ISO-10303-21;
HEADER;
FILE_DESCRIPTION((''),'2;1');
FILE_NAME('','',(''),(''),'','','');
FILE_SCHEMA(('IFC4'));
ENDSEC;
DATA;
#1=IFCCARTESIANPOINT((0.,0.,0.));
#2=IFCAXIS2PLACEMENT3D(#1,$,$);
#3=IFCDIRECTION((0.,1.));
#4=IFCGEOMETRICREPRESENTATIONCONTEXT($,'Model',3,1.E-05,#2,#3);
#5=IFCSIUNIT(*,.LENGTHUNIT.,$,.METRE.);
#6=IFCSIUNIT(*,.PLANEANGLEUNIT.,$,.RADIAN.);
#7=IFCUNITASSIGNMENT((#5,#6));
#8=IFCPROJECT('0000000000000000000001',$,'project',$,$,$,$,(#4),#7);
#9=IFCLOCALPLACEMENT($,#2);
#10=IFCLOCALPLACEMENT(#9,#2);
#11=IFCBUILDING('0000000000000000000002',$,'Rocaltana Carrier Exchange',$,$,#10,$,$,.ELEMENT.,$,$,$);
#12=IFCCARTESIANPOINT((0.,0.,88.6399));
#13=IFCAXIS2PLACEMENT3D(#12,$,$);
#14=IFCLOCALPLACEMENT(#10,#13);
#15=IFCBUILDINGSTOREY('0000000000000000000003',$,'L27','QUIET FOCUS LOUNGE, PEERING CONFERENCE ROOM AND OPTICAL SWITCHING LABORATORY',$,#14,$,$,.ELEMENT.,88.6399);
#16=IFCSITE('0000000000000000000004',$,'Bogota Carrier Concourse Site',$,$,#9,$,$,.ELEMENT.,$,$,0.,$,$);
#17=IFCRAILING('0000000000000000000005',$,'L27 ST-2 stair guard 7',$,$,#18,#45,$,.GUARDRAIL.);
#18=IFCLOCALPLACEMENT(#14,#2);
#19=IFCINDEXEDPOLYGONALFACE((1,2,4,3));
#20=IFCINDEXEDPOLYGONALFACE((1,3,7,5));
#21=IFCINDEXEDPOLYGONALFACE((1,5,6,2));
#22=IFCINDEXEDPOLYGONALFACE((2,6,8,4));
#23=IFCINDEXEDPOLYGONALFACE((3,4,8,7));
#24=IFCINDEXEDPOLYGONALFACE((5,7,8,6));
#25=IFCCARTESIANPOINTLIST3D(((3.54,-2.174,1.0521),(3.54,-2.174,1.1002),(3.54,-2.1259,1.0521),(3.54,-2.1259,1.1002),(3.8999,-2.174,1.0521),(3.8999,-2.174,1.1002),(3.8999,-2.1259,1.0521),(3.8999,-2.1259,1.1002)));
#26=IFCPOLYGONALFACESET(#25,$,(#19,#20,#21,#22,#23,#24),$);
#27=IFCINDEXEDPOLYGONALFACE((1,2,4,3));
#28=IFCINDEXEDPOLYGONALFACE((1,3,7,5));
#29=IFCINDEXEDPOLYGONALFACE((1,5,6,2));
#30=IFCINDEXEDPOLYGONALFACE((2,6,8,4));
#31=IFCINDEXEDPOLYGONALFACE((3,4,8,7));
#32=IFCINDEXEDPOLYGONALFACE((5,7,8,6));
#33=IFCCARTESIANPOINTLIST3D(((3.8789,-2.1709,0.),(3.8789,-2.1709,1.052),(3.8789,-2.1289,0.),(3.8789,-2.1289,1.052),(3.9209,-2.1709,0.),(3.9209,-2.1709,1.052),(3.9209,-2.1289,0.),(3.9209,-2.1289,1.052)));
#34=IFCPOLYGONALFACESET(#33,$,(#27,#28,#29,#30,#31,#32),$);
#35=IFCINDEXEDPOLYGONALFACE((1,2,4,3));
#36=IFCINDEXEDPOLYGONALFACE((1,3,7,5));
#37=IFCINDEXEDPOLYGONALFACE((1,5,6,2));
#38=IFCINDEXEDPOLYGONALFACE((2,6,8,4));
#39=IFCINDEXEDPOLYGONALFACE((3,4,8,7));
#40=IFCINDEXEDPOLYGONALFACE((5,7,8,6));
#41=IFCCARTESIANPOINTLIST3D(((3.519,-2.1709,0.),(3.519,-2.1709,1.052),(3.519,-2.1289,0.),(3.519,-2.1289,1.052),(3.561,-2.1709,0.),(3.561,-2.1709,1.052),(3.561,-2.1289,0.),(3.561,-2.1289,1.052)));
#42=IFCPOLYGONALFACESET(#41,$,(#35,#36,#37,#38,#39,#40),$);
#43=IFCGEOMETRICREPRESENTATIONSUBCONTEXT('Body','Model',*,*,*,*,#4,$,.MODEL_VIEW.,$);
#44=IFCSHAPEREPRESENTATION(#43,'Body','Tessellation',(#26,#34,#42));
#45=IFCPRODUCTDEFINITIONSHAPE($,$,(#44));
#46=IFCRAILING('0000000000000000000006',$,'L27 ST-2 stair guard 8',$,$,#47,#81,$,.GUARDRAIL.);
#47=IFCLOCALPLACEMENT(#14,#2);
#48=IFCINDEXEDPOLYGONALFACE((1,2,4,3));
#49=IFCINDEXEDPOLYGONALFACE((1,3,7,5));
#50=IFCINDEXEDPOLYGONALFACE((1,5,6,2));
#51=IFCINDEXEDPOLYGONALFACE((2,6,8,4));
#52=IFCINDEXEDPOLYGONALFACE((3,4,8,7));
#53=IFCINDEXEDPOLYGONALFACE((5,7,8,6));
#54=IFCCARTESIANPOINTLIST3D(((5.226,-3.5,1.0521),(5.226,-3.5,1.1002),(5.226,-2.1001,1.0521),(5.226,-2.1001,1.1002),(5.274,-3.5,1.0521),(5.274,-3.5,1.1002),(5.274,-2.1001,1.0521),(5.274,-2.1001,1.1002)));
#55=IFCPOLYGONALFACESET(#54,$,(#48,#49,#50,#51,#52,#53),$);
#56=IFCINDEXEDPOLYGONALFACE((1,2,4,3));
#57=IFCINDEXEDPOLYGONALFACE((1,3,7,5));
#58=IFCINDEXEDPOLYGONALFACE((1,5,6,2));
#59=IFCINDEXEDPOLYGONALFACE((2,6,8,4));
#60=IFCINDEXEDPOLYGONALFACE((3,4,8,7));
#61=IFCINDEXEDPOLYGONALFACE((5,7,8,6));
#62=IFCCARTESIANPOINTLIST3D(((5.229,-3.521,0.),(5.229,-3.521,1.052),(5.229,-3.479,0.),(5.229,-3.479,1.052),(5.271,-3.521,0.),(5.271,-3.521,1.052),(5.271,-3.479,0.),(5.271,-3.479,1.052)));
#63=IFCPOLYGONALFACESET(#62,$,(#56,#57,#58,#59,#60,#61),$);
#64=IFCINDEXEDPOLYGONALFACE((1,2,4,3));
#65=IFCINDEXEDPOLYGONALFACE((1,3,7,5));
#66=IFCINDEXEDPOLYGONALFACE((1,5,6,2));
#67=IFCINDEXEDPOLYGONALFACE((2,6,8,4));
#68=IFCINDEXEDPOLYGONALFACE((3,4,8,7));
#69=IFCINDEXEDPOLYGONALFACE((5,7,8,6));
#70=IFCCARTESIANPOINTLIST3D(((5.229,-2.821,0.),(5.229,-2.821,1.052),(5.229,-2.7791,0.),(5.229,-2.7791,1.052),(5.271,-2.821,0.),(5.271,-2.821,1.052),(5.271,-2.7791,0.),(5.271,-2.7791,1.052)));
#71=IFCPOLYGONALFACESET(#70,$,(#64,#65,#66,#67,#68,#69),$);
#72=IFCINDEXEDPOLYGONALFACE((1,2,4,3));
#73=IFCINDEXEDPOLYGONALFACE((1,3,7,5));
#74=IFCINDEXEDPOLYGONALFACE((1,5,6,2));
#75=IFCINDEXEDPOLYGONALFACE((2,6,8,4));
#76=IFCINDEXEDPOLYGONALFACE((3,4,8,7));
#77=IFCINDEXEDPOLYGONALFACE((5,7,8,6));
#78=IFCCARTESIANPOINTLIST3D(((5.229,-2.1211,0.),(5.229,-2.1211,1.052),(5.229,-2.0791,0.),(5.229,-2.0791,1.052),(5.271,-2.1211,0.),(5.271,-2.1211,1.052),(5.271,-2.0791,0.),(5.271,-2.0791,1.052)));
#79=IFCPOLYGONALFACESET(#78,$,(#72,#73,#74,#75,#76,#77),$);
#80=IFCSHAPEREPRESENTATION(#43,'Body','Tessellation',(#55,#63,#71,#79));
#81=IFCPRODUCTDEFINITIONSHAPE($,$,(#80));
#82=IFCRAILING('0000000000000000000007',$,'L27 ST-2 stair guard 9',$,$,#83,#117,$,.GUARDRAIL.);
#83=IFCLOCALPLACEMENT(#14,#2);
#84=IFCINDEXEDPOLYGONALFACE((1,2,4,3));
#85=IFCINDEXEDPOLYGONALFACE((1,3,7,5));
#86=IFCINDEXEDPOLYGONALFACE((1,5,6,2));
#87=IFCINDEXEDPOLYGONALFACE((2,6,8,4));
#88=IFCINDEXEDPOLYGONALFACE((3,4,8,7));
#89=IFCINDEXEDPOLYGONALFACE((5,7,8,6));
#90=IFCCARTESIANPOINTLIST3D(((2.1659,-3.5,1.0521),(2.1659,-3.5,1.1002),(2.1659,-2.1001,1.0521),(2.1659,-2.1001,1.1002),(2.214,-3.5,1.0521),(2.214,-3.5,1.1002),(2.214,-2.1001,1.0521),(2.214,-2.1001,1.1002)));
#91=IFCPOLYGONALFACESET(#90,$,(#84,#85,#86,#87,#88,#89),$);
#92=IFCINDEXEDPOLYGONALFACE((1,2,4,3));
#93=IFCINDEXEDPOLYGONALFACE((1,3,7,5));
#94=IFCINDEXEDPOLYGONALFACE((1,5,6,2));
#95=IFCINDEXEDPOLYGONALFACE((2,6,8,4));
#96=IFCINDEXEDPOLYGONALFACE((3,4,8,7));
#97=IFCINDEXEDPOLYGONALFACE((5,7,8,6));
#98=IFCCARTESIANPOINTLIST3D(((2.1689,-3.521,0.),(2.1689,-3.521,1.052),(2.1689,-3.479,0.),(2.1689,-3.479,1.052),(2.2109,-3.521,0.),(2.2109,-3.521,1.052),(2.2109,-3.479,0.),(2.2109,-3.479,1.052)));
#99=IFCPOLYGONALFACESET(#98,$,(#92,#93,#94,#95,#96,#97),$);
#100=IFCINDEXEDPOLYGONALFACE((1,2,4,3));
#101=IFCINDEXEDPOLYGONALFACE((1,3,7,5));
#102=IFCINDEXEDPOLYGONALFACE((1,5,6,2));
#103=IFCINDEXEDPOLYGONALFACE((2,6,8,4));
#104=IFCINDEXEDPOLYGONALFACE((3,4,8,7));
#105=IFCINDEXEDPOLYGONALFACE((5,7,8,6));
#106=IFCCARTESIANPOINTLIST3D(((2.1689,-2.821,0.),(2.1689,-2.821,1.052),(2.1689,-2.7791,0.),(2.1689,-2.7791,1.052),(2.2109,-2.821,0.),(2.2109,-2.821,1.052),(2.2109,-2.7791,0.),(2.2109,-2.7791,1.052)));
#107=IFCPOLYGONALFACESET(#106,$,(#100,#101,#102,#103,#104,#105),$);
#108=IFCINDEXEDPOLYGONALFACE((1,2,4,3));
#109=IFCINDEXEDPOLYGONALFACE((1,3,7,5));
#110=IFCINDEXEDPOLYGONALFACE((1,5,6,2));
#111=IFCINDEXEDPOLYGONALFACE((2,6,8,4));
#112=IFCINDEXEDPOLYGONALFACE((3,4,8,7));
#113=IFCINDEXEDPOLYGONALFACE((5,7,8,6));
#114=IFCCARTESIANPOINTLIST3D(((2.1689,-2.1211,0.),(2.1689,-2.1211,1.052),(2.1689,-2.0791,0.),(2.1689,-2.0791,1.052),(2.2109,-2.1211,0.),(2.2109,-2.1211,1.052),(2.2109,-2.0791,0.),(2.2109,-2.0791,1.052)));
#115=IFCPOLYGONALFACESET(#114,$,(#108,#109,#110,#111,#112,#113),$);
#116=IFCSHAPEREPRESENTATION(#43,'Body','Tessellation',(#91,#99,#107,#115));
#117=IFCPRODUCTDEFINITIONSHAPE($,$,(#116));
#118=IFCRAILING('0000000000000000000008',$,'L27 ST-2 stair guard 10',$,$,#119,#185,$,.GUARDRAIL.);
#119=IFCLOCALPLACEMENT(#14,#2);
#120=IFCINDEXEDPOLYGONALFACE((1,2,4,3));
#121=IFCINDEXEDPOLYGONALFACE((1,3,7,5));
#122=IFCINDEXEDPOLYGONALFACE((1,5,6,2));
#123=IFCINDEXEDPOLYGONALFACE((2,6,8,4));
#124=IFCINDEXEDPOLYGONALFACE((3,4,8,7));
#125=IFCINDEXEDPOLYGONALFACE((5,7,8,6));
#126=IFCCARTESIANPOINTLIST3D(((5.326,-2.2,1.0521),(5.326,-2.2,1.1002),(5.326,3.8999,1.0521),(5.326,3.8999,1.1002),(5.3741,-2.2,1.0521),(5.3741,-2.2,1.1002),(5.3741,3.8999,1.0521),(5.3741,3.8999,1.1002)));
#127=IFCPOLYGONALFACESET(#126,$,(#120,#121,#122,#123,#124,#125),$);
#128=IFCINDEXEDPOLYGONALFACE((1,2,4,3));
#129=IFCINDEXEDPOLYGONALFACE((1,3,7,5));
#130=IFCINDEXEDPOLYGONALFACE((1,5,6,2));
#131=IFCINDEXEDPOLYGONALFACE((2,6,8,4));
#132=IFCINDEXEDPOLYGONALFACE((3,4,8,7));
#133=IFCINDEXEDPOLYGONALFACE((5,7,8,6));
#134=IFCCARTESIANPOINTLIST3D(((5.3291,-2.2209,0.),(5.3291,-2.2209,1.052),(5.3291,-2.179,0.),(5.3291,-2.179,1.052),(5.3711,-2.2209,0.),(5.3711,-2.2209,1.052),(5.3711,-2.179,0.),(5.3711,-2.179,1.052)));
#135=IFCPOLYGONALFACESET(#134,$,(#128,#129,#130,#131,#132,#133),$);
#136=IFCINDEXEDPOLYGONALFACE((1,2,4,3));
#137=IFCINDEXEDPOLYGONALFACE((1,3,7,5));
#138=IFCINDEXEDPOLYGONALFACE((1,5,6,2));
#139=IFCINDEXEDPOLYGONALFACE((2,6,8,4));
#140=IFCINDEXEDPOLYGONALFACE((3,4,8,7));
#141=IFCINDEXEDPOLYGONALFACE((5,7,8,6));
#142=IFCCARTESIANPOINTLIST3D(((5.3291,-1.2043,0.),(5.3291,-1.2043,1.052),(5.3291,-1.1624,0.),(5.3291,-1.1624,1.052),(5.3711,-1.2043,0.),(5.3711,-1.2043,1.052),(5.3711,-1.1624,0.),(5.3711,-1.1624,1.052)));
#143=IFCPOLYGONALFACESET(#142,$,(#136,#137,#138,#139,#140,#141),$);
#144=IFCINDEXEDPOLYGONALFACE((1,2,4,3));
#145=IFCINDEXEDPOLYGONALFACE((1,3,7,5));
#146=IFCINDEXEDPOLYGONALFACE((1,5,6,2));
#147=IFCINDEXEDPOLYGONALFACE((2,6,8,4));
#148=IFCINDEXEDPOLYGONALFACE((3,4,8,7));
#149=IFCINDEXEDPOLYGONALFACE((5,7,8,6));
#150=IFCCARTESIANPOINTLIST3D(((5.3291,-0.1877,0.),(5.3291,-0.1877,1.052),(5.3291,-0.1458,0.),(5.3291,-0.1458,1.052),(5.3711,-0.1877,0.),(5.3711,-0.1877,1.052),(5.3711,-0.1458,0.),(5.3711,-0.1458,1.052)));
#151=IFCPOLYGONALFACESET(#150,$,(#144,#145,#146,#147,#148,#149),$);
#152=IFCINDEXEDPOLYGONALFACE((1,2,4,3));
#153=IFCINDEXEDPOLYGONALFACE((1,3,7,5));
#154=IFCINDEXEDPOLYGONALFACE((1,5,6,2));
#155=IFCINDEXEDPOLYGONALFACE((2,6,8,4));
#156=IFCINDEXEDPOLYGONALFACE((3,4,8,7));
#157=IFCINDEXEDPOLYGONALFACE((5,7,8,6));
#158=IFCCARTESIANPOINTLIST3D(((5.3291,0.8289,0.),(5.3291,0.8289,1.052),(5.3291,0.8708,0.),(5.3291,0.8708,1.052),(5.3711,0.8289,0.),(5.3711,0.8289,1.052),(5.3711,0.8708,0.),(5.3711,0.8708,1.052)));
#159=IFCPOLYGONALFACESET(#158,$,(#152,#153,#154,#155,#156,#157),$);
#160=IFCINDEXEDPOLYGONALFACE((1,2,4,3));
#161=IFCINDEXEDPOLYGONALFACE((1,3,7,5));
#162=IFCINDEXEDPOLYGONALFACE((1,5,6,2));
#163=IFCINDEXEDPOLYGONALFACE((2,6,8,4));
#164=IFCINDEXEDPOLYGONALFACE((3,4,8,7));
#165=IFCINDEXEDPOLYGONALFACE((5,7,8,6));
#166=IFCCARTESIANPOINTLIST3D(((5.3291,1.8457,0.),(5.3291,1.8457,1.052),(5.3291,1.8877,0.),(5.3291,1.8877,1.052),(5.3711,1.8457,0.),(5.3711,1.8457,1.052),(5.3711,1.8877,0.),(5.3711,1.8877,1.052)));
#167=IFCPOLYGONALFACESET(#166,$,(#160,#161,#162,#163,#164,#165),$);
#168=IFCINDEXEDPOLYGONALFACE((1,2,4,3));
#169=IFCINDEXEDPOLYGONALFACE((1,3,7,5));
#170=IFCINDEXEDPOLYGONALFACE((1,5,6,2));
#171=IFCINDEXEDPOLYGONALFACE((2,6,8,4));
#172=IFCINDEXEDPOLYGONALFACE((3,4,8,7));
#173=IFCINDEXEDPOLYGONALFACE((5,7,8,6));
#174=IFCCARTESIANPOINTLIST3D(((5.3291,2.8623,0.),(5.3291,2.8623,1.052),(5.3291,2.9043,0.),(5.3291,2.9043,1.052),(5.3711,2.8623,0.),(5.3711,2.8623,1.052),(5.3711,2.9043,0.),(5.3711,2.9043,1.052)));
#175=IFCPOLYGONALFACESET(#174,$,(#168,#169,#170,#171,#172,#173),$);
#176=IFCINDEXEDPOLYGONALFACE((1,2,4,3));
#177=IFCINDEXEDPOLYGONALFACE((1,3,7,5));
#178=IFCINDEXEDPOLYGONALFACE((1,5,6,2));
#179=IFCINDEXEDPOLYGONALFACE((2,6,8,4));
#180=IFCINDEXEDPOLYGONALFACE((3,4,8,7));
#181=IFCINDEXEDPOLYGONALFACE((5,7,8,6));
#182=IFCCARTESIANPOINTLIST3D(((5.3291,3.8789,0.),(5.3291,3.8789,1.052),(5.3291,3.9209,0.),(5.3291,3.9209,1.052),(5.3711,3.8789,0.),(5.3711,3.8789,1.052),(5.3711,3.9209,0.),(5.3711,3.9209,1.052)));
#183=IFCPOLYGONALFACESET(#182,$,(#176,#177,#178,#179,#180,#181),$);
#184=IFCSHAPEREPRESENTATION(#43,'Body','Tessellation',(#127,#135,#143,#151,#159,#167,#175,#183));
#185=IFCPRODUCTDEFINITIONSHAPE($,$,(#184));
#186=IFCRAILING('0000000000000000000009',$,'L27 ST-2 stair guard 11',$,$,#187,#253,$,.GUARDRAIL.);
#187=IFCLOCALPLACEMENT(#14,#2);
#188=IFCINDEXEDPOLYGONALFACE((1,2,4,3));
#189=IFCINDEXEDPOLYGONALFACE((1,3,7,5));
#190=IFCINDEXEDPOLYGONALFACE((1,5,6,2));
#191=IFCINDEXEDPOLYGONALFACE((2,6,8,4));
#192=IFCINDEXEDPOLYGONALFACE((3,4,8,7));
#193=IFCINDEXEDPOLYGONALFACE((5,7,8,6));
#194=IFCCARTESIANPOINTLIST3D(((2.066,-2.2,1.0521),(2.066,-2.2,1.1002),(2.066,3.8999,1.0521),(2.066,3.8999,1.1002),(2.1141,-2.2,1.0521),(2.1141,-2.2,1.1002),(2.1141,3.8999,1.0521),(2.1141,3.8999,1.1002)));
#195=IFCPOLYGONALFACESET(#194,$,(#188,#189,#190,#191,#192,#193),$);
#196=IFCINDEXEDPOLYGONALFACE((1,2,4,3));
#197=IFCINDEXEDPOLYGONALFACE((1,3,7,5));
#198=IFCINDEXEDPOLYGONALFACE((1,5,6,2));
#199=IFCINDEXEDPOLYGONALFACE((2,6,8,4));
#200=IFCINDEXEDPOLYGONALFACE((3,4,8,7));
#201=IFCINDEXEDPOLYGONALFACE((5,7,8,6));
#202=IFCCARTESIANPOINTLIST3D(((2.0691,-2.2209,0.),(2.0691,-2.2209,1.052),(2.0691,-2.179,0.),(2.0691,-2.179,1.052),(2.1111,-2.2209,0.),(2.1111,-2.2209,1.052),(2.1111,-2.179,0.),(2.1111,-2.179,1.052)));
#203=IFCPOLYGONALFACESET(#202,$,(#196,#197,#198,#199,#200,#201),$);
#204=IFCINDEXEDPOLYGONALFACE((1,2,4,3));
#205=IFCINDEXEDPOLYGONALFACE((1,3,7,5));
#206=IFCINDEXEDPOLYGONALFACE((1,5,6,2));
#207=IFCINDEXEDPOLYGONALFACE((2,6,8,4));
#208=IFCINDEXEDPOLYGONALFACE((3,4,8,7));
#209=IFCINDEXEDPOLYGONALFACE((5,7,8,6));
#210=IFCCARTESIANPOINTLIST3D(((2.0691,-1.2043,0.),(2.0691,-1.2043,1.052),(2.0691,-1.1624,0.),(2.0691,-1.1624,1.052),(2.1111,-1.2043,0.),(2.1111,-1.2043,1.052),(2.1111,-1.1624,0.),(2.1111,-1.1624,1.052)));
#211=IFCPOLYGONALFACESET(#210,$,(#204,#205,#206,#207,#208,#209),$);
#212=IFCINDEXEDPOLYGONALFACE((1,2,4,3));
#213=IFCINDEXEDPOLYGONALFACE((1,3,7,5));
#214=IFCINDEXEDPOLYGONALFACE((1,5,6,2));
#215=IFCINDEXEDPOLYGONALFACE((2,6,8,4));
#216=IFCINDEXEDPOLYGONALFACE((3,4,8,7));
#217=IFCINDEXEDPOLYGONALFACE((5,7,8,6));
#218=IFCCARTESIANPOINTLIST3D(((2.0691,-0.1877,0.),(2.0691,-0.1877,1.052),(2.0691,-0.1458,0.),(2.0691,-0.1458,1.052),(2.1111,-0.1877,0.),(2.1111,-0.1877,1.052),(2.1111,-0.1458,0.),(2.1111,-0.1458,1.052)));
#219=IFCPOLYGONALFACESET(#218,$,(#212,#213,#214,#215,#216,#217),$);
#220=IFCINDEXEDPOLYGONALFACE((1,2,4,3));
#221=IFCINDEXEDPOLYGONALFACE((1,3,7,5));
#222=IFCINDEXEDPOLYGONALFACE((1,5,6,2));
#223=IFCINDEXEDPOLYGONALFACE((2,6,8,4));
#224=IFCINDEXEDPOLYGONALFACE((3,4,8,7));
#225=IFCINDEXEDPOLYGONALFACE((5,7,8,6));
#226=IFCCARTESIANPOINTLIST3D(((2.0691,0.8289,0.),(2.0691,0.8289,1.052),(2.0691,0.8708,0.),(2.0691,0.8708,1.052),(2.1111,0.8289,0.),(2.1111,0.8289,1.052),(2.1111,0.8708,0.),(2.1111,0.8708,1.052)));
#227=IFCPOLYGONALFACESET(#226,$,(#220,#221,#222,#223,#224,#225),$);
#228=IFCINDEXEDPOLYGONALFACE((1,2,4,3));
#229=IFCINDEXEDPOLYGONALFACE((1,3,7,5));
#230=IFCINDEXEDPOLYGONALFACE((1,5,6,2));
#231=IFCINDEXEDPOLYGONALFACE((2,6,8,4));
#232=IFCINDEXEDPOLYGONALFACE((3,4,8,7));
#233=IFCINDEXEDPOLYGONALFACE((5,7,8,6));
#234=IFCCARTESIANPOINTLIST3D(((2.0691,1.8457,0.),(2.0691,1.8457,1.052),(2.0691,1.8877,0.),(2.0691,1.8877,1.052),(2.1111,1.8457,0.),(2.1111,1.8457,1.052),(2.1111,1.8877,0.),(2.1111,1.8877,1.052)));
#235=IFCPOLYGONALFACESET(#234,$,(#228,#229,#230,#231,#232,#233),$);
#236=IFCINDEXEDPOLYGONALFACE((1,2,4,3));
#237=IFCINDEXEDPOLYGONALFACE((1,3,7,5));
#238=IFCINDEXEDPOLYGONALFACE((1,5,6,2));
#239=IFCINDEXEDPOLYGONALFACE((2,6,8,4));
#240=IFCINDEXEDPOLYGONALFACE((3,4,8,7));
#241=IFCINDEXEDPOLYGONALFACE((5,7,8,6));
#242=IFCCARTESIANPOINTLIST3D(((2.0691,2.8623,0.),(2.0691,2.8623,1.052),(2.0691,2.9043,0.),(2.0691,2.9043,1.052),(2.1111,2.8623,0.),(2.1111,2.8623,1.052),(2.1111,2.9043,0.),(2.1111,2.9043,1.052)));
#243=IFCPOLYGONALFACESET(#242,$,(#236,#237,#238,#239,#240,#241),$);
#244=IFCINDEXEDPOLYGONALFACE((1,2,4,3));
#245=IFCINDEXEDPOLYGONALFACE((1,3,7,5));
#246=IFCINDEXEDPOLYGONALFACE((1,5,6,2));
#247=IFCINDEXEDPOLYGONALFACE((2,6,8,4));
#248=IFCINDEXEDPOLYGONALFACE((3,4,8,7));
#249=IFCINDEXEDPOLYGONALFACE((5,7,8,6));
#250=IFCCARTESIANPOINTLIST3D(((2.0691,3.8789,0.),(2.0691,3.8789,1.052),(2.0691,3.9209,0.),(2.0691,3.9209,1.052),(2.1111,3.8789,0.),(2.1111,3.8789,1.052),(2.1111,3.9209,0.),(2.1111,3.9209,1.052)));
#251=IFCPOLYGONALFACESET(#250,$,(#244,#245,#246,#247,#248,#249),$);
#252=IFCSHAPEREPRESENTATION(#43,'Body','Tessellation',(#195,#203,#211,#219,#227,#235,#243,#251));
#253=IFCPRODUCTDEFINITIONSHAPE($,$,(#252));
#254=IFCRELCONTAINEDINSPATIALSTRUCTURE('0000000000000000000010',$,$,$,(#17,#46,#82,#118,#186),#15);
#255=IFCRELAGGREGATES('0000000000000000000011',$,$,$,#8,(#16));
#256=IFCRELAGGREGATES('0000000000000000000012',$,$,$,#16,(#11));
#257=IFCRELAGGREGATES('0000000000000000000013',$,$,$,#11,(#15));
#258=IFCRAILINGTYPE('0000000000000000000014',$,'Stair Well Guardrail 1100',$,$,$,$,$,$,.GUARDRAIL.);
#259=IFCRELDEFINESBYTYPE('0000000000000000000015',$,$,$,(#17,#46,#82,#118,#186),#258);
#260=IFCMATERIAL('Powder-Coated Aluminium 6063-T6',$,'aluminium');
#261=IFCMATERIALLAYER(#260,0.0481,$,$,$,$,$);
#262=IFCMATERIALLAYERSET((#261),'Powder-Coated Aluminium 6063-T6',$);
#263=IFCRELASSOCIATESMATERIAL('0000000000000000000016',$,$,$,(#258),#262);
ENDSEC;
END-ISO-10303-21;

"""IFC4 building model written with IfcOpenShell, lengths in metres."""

from ifc_helpers import new_model, si_unit, direction, frame, origin, origin_2d, place, context, subcontext, project, spatial, rectangle, extrude, material, layer, layer_set, type_object, element, save


model = new_model("IFC4")

# Units and contexts
model_context = context("Model", 3, precision=1e-05, world=origin(), true_north=direction((0.0, 1.0)))
body_context = subcontext(model_context, "Body", "Model", "MODEL_VIEW")
ifc_project = project(units=[si_unit("LENGTHUNIT", "METRE"), si_unit("PLANEANGLEUNIT", "RADIAN")], contexts=[model_context])

# Site, building, storey
site_placement = place(None, origin())
site = spatial("IfcSite", under=ifc_project, at=site_placement, Name="Bogota Carrier Concourse Site", CompositionType="ELEMENT", RefElevation=0.0)
building_placement = place(site_placement, origin())
building = spatial("IfcBuilding", under=site, at=building_placement, Name="Rocaltana Carrier Exchange", CompositionType="ELEMENT")
storey_placement = place(building_placement, frame((0.0, 0.0, 88.6399)))
storey = spatial("IfcBuildingStorey", under=building, at=storey_placement, Name="L27", Description="QUIET FOCUS LOUNGE, PEERING CONFERENCE ROOM AND OPTICAL SWITCHING LABORATORY", CompositionType="ELEMENT", Elevation=88.6399)

# Railings
ifc_material_1 = material(Name="Powder-Coated Aluminium 6063-T6", Category="aluminium")
ifc_layer_1 = layer(ifc_material_1, 0.0481)
ifc_layer_set_1 = layer_set([ifc_layer_1], Name="Powder-Coated Aluminium 6063-T6")
railing_type_1 = type_object("IfcRailingType", Name="Stair Well Guardrail 1100", PredefinedType="GUARDRAIL", material=ifc_layer_set_1)
railing_1_placement = place(storey_placement, frame((3.8999, -2.1499, 0.0)))
element("IfcRailing", 1, at=railing_1_placement, inside=storey, type_object=railing_type_1, Name="L27 ST-2 stair guard 7", PredefinedType="GUARDRAIL", context=body_context, shape_type="SweptSolid", body=[
    extrude(rectangle(XDim=0.0481, YDim=0.0481, at=origin_2d()), frame((0.0, 0.0, 1.0762), z_axis=(-1.0, 0.0, 0.0), x_axis=(0.0, -1.0, 0.0)), (0.0, 0.0, 1.0), 0.3599),
    extrude(rectangle(XDim=0.042, YDim=0.042, at=origin_2d()), origin(), (0.0, 0.0, 1.0), 1.052),
    extrude(rectangle(XDim=0.042, YDim=0.042, at=origin_2d()), frame((-0.3599, 0.0, 0.0)), (0.0, 0.0, 1.0), 1.052),
])
for number, where, name in (
    (2, (5.25, -3.5, 0.0), "L27 ST-2 stair guard 8"),
    (3, (2.1899, -3.5, 0.0), "L27 ST-2 stair guard 9"),
):
    element("IfcRailing", number, at=place(storey_placement, frame(where)), inside=storey, type_object=railing_type_1, Name=name, PredefinedType="GUARDRAIL", context=body_context, shape_type="SweptSolid", body=[
        extrude(rectangle(XDim=0.0481, YDim=0.0481, at=origin_2d()), frame((0.0, 0.0, 1.0762), z_axis=(0.0, 1.0, 0.0), x_axis=(-1.0, 0.0, 0.0)), (0.0, 0.0, 1.0), 1.3999),
        extrude(rectangle(XDim=0.042, YDim=0.042, at=origin_2d()), origin(), (0.0, 0.0, 1.0), 1.052),
        extrude(rectangle(XDim=0.042, YDim=0.042, at=origin_2d()), frame((0.0, 0.7, 0.0)), (0.0, 0.0, 1.0), 1.052),
        extrude(rectangle(XDim=0.042, YDim=0.042, at=origin_2d()), frame((0.0, 1.3999, 0.0)), (0.0, 0.0, 1.0), 1.052),
    ])
for number, where, name in (
    (4, (5.3501, -2.2, 0.0), "L27 ST-2 stair guard 10"),
    (5, (2.0901, -2.2, 0.0), "L27 ST-2 stair guard 11"),
):
    element("IfcRailing", number, at=place(storey_placement, frame(where)), inside=storey, type_object=railing_type_1, Name=name, PredefinedType="GUARDRAIL", context=body_context, shape_type="SweptSolid", body=[
        extrude(rectangle(XDim=0.0481, YDim=0.0481, at=origin_2d()), frame((0.0, 0.0, 1.0762), z_axis=(0.0, 1.0, 0.0), x_axis=(-1.0, 0.0, 0.0)), (0.0, 0.0, 1.0), 6.0999),
        extrude(rectangle(XDim=0.042, YDim=0.042, at=origin_2d()), origin(), (0.0, 0.0, 1.0), 1.052),
        extrude(rectangle(XDim=0.042, YDim=0.042, at=origin_2d()), frame((0.0, 1.0166, 0.0)), (0.0, 0.0, 1.0), 1.052),
        extrude(rectangle(XDim=0.042, YDim=0.042, at=origin_2d()), frame((0.0, 2.0332, 0.0)), (0.0, 0.0, 1.0), 1.052),
        extrude(rectangle(XDim=0.042, YDim=0.042, at=origin_2d()), frame((0.0, 3.0498, 0.0)), (0.0, 0.0, 1.0), 1.052),
        extrude(rectangle(XDim=0.042, YDim=0.042, at=origin_2d()), frame((0.0, 4.0667, 0.0)), (0.0, 0.0, 1.0), 1.052),
        extrude(rectangle(XDim=0.042, YDim=0.042, at=origin_2d()), frame((0.0, 5.0833, 0.0)), (0.0, 0.0, 1.0), 1.052),
        extrude(rectangle(XDim=0.042, YDim=0.042, at=origin_2d()), frame((0.0, 6.0999, 0.0)), (0.0, 0.0, 1.0), 1.052),
    ])

save(model, "model.ifc")
